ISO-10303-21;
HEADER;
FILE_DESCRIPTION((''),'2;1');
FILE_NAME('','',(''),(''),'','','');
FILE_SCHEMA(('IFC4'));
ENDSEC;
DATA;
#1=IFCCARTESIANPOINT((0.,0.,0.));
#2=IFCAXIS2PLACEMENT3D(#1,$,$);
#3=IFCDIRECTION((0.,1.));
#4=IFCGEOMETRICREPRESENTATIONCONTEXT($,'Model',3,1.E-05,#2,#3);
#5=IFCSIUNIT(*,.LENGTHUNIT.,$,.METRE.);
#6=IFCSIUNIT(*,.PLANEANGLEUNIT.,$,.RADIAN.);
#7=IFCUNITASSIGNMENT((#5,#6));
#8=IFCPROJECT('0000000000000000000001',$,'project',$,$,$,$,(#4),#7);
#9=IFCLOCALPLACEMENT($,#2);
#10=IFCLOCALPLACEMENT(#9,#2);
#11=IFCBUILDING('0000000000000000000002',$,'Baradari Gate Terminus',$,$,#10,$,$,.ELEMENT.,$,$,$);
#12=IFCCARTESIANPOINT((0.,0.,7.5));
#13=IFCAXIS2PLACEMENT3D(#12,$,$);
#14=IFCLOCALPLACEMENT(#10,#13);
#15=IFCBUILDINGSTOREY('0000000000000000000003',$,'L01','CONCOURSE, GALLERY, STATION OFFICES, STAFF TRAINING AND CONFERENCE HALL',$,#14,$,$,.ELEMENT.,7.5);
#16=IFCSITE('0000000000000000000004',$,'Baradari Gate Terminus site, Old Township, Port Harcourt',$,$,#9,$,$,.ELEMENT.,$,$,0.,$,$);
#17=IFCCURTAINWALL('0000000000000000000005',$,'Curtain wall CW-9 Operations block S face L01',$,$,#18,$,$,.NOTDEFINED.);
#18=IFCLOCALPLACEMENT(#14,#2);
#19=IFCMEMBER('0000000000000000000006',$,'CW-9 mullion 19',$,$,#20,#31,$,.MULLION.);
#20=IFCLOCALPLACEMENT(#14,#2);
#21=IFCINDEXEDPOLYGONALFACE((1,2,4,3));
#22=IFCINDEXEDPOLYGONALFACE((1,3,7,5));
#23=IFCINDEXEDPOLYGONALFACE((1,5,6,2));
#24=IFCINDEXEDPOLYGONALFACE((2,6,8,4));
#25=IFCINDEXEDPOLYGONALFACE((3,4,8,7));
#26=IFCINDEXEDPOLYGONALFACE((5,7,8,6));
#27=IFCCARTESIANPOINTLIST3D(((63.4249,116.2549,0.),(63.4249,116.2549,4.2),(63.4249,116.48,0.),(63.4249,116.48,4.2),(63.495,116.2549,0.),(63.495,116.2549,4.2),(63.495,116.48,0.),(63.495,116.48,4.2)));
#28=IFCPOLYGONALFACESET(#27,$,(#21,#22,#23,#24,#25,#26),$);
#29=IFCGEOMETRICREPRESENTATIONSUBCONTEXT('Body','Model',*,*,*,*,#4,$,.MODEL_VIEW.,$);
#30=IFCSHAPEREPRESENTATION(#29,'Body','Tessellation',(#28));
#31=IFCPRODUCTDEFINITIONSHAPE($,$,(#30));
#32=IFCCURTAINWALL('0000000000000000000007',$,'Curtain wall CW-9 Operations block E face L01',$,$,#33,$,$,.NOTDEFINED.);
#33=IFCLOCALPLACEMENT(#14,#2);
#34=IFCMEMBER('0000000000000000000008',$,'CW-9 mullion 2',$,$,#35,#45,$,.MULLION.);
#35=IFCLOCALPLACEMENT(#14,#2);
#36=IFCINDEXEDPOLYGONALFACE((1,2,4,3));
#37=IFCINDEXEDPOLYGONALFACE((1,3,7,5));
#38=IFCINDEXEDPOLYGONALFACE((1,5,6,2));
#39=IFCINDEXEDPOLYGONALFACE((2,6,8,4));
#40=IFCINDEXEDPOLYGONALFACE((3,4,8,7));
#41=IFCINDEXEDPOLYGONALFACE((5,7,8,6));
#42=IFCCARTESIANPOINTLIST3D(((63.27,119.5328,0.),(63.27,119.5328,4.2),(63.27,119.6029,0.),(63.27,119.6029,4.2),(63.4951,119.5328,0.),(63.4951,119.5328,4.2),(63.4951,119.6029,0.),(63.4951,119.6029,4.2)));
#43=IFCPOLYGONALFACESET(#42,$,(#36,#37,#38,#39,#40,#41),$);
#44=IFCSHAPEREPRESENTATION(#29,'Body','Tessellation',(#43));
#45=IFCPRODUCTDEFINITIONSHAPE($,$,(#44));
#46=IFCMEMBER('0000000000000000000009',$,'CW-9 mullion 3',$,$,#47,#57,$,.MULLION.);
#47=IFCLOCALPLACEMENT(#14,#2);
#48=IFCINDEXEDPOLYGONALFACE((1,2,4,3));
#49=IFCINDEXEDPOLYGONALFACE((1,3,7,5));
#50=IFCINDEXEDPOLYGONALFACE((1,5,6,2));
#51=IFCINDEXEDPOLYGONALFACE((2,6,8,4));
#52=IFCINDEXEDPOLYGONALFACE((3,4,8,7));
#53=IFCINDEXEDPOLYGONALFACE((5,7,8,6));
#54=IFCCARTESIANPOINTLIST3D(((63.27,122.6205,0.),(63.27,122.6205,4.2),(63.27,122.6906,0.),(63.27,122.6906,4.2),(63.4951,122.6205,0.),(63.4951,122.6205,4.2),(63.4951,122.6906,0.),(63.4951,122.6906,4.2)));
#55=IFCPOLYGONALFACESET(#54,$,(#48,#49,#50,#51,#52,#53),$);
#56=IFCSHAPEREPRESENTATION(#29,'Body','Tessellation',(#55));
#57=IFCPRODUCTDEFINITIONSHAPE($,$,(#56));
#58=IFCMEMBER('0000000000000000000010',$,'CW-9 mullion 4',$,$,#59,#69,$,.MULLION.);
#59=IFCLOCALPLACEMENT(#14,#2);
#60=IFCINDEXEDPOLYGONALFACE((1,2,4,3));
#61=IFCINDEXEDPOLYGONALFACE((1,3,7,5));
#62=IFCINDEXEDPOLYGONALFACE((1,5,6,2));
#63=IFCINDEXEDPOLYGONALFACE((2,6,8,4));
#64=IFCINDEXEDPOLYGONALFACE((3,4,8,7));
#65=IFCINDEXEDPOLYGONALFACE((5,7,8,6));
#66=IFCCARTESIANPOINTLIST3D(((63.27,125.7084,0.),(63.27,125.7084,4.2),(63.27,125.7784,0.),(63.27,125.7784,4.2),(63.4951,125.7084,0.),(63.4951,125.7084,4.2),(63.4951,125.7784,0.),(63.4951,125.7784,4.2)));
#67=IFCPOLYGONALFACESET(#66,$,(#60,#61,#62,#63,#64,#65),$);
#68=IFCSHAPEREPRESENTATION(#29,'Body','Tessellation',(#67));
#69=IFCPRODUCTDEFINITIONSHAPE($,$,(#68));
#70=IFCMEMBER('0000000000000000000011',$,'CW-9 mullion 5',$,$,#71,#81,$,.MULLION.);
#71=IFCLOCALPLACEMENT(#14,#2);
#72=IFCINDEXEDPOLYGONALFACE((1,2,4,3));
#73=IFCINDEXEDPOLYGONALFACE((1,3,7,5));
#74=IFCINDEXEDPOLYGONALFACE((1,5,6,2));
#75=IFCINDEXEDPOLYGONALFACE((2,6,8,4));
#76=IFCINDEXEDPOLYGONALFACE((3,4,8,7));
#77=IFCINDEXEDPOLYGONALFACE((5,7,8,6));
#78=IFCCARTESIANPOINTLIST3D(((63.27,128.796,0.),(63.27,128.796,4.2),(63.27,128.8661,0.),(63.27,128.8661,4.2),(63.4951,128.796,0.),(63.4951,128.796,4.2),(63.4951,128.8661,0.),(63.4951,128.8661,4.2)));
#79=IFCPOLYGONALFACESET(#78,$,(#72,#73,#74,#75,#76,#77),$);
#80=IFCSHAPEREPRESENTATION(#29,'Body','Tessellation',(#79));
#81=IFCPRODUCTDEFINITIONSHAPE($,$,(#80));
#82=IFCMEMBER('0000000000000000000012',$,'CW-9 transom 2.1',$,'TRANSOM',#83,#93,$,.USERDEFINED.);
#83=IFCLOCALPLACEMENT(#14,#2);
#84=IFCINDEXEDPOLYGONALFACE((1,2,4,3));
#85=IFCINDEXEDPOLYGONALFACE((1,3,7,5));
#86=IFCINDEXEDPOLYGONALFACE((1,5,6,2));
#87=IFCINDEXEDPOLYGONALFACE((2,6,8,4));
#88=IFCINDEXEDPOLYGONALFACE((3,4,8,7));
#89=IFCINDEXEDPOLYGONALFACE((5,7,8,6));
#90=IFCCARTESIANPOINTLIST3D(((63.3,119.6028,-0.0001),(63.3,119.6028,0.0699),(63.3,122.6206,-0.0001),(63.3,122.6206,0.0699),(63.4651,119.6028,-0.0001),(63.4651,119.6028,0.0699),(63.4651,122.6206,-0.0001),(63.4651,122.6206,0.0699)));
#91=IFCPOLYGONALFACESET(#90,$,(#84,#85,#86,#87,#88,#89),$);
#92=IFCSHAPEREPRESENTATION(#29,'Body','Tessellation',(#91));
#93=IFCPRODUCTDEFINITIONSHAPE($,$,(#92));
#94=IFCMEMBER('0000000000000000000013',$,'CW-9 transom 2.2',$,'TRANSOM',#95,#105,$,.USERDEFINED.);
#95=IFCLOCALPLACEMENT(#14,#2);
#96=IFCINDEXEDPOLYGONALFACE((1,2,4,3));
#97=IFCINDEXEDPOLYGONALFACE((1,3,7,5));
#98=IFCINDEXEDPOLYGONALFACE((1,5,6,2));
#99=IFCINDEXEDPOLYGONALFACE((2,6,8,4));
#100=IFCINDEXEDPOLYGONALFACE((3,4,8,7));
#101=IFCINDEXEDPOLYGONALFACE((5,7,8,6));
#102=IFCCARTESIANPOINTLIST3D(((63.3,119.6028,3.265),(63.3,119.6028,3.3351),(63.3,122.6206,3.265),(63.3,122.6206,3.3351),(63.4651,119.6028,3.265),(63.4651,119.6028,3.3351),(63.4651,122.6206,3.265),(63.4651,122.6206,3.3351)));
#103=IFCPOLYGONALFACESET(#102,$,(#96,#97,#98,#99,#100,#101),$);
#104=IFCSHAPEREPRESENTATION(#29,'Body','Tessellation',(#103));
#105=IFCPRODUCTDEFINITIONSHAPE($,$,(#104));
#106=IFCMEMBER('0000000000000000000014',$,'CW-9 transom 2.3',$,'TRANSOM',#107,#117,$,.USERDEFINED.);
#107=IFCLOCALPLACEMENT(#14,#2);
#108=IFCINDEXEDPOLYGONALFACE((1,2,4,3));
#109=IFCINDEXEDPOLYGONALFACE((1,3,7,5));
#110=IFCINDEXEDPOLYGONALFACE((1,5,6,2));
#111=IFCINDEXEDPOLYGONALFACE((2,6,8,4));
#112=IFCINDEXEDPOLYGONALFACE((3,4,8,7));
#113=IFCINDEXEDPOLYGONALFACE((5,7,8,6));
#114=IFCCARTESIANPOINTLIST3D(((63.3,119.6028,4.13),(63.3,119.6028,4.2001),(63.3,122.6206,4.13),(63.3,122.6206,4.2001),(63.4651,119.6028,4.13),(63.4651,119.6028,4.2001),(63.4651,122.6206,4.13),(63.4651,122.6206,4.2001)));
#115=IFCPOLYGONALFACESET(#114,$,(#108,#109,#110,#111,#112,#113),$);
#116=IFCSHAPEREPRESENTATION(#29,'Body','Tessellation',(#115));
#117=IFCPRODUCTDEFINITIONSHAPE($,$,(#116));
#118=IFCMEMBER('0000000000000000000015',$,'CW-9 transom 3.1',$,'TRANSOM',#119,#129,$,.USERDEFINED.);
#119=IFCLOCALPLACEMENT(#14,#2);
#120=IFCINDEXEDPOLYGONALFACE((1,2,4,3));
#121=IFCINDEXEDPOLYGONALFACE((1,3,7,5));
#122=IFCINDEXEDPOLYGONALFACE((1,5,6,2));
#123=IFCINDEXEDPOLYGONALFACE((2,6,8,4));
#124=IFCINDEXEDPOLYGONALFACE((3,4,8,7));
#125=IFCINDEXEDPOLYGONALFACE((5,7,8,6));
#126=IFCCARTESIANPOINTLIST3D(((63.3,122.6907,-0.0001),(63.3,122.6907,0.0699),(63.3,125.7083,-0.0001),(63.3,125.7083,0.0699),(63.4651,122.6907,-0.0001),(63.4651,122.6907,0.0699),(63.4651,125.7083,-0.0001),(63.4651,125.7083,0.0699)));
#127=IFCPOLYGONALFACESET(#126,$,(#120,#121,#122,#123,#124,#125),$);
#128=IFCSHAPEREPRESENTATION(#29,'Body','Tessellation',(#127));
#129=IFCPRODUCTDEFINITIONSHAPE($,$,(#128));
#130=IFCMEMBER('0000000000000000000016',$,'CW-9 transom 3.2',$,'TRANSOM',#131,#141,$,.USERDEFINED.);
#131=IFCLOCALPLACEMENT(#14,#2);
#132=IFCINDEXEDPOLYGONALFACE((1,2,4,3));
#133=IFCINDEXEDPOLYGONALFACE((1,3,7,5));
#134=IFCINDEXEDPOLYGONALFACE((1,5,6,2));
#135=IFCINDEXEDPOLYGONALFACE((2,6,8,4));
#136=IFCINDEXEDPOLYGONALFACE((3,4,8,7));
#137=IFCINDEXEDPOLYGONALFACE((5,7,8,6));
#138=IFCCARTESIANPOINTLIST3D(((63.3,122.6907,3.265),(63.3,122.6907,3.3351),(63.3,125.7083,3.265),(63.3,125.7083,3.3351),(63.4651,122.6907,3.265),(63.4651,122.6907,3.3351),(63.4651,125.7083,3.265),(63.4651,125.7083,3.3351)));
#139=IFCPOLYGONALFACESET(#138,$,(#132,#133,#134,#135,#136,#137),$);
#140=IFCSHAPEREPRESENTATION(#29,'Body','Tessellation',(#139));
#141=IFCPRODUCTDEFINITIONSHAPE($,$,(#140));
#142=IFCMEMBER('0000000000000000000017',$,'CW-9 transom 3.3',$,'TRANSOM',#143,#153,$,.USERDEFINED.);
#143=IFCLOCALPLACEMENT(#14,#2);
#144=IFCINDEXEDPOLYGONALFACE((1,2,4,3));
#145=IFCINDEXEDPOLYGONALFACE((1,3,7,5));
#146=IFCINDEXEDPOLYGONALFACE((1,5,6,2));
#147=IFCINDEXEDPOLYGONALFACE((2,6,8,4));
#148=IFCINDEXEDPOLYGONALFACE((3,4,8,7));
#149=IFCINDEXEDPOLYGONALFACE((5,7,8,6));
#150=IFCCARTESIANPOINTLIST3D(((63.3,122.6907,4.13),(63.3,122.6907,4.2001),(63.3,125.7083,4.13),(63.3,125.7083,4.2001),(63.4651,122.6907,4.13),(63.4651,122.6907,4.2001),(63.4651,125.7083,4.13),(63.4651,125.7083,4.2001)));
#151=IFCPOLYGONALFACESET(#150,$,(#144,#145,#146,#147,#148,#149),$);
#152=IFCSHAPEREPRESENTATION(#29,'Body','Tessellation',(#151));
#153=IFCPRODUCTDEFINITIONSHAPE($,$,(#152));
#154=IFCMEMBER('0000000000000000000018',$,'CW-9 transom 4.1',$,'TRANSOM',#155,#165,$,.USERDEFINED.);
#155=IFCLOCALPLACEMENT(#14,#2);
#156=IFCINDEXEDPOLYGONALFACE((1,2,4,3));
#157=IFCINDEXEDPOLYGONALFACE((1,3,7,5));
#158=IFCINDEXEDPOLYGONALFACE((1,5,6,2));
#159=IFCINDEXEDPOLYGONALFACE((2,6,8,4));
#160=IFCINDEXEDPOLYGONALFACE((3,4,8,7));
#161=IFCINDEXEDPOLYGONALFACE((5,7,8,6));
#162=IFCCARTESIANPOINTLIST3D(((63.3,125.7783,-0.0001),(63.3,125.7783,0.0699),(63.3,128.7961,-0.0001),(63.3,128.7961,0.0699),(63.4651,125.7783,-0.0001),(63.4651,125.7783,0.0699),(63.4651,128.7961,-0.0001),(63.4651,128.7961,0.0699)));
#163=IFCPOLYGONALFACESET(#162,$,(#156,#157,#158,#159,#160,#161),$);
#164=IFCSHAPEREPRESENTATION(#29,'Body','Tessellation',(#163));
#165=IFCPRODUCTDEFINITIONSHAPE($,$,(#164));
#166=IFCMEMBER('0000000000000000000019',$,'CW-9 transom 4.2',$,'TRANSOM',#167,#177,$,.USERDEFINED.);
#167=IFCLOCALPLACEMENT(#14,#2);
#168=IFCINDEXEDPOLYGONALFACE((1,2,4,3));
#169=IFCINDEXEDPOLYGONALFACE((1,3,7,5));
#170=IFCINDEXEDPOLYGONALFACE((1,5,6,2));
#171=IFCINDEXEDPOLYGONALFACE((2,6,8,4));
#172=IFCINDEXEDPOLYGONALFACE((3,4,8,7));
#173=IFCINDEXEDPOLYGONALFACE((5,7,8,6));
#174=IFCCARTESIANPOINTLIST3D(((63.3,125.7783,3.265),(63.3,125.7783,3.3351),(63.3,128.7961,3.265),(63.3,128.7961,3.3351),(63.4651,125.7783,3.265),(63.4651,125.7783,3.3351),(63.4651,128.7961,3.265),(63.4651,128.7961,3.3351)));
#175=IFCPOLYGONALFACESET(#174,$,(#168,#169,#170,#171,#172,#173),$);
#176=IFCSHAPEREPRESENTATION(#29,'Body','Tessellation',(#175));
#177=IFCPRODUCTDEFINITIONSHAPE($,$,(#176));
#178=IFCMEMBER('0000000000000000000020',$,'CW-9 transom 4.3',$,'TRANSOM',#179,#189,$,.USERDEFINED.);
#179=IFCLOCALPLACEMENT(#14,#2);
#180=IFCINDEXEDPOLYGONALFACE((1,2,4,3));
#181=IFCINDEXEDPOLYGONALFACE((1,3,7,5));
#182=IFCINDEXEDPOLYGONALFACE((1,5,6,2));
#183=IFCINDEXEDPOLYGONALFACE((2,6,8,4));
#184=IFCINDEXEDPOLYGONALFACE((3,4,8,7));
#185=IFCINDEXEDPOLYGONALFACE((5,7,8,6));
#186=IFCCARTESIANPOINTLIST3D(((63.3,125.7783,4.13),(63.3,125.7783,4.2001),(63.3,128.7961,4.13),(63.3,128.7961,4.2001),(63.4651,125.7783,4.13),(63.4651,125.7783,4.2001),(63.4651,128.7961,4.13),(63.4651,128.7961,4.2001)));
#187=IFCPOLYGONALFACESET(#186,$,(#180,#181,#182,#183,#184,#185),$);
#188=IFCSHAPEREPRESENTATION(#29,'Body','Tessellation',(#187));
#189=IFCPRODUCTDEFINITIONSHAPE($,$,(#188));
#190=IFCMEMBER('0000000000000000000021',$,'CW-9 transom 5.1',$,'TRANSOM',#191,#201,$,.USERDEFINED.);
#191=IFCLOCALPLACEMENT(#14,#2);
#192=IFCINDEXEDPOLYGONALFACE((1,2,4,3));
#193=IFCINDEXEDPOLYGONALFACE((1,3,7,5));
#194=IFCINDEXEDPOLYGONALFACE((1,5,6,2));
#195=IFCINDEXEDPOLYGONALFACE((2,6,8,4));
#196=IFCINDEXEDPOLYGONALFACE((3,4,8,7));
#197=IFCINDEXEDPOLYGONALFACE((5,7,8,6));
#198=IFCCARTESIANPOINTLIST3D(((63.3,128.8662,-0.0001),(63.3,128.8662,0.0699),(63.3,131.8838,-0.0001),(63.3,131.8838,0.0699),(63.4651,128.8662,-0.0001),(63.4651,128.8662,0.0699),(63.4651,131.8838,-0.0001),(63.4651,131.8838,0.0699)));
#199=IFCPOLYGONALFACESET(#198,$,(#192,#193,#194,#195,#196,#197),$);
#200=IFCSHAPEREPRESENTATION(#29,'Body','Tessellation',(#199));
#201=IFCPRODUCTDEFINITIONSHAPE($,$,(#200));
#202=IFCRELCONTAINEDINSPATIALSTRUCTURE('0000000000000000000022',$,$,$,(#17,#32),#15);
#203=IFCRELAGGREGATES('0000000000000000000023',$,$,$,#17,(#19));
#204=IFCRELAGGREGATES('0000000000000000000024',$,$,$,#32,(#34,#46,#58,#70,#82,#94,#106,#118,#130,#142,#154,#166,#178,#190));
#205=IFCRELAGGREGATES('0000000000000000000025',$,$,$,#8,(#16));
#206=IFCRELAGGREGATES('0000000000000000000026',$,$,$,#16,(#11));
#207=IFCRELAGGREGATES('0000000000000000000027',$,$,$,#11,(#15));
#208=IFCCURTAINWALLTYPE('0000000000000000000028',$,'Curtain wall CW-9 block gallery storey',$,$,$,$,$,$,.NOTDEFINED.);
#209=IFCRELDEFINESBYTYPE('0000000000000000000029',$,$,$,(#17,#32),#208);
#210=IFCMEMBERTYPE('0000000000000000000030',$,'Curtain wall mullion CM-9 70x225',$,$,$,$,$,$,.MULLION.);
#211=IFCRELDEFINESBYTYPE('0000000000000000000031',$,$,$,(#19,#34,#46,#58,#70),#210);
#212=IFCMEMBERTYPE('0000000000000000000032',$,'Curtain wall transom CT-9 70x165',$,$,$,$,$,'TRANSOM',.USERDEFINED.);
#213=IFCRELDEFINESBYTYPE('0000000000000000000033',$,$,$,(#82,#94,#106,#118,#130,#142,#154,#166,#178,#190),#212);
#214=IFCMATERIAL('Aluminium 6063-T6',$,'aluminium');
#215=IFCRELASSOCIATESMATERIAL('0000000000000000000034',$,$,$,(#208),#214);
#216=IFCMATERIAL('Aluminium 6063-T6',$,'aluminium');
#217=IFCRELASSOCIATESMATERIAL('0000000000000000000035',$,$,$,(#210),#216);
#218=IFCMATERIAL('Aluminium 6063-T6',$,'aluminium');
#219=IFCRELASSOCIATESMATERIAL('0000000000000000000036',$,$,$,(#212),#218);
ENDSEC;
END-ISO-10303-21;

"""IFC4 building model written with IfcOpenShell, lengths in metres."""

from ifc_helpers import new_model, si_unit, direction, frame, origin, origin_2d, place, context, subcontext, project, spatial, rectangle, extrude, material, material_profile, profile_set, type_object, element, aggregate, save


model = new_model("IFC4")

# Units and contexts
model_context = context("Model", 3, precision=1e-05, world=origin(), true_north=direction((0.0, 1.0)))
body_context = subcontext(model_context, "Body", "Model", "MODEL_VIEW")
ifc_project = project(units=[si_unit("LENGTHUNIT", "METRE"), si_unit("PLANEANGLEUNIT", "RADIAN")], contexts=[model_context])

# Site, building, storey
site_placement = place(None, origin())
site = spatial("IfcSite", under=ifc_project, at=site_placement, Name="Baradari Gate Terminus site, Old Township, Port Harcourt", CompositionType="ELEMENT", RefElevation=0.0)
building_placement = place(site_placement, origin())
building = spatial("IfcBuilding", under=site, at=building_placement, Name="Baradari Gate Terminus", CompositionType="ELEMENT")
storey_placement = place(building_placement, frame((0.0, 0.0, 7.5)))
storey = spatial("IfcBuildingStorey", under=building, at=storey_placement, Name="L01", Description="CONCOURSE, GALLERY, STATION OFFICES, STAFF TRAINING AND CONFERENCE HALL", CompositionType="ELEMENT", Elevation=7.5)

# Curtain wall, member
ifc_material_1 = material(Name="Aluminium 6063-T6", Category="aluminium")
curtain_wall_type = type_object("IfcCurtainWallType", Name="Curtain wall CW-9 block gallery storey", PredefinedType="NOTDEFINED", material=ifc_material_1)
curtain_wall_1_placement = place(storey_placement, origin())
curtain_wall_1 = element("IfcCurtainWall", 1, at=curtain_wall_1_placement, inside=storey, type_object=curtain_wall_type, Name="Curtain wall CW-9 Operations block S face L01", PredefinedType="NOTDEFINED")
ifc_material_2 = material(Name="Aluminium 6063-T6", Category="aluminium")
ifc_material_profile_1 = material_profile(ifc_material_2, rectangle(XDim=0.2251, YDim=0.0701, at=origin_2d()), Name="CM-9 70X225")
ifc_profile_set_1 = profile_set([ifc_material_profile_1], Name="Aluminium 6063-T6")
member_type_1 = type_object("IfcMemberType", Name="Curtain wall mullion CM-9 70x225", PredefinedType="MULLION", material=ifc_profile_set_1)
member_1_placement = place(storey_placement, frame((63.46, 116.3674, 0.0), z_axis=(0.0, 0.0, 1.0), x_axis=(0.0, 1.0, 0.0)))
member_1 = element("IfcMember", 2, at=member_1_placement, type_object=member_type_1, Name="CW-9 mullion 19", PredefinedType="MULLION", context=body_context, shape_type="SweptSolid", body=[
    extrude(rectangle(XDim=0.2251, YDim=0.0701, at=origin_2d()), origin(), (0.0, 0.0, 1.0), 4.2),
])
aggregate(curtain_wall_1, [member_1])

# Curtain wall, members
curtain_wall_2_placement = place(storey_placement, origin())
curtain_wall_2 = element("IfcCurtainWall", 3, at=curtain_wall_2_placement, inside=storey, type_object=curtain_wall_type, Name="Curtain wall CW-9 Operations block E face L01", PredefinedType="NOTDEFINED")
member_2_placement = place(storey_placement, frame((63.3826, 119.5679, 0.0), z_axis=(0.0, 0.0, 1.0), x_axis=(-1.0, 0.0, 0.0)))
member_2 = element("IfcMember", 4, at=member_2_placement, type_object=member_type_1, Name="CW-9 mullion 2", PredefinedType="MULLION", context=body_context, shape_type="SweptSolid", body=[
    extrude(rectangle(XDim=0.2251, YDim=0.0701, at=origin_2d()), origin(), (0.0, 0.0, 1.0), 4.2),
])
member_3_placement = place(storey_placement, frame((63.3826, 122.6555, 0.0), z_axis=(0.0, 0.0, 1.0), x_axis=(-1.0, 0.0, 0.0)))
member_3 = element("IfcMember", 5, at=member_3_placement, type_object=member_type_1, Name="CW-9 mullion 3", PredefinedType="MULLION", context=body_context, shape_type="SweptSolid", body=[
    extrude(rectangle(XDim=0.2251, YDim=0.0701, at=origin_2d()), origin(), (0.0, 0.0, 1.0), 4.2),
])
member_4_placement = place(storey_placement, frame((63.3826, 125.7434, 0.0), z_axis=(0.0, 0.0, 1.0), x_axis=(-1.0, 0.0, 0.0)))
member_4 = element("IfcMember", 6, at=member_4_placement, type_object=member_type_1, Name="CW-9 mullion 4", PredefinedType="MULLION", context=body_context, shape_type="SweptSolid", body=[
    extrude(rectangle(XDim=0.2251, YDim=0.0701, at=origin_2d()), origin(), (0.0, 0.0, 1.0), 4.2),
])
member_5_placement = place(storey_placement, frame((63.3826, 128.8311, 0.0), z_axis=(0.0, 0.0, 1.0), x_axis=(-1.0, 0.0, 0.0)))
member_5 = element("IfcMember", 7, at=member_5_placement, type_object=member_type_1, Name="CW-9 mullion 5", PredefinedType="MULLION", context=body_context, shape_type="SweptSolid", body=[
    extrude(rectangle(XDim=0.2251, YDim=0.0701, at=origin_2d()), origin(), (0.0, 0.0, 1.0), 4.2),
])
ifc_material_3 = material(Name="Aluminium 6063-T6", Category="aluminium")
ifc_material_profile_2 = material_profile(ifc_material_3, rectangle(XDim=0.165, YDim=0.0701, at=origin_2d()), Name="CT-9 70X165")
ifc_profile_set_2 = profile_set([ifc_material_profile_2], Name="Aluminium 6063-T6")
member_type_2 = type_object("IfcMemberType", Name="Curtain wall transom CT-9 70x165", ElementType="TRANSOM", PredefinedType="USERDEFINED", material=ifc_profile_set_2)
member_6_placement = place(storey_placement, frame((63.3826, 119.6028, 0.0349), z_axis=(0.0, 1.0, 0.0), x_axis=(-1.0, 0.0, 0.0)))
member_6 = element("IfcMember", 8, at=member_6_placement, type_object=member_type_2, Name="CW-9 transom 2.1", ObjectType="TRANSOM", PredefinedType="USERDEFINED", context=body_context, shape_type="SweptSolid", body=[
    extrude(rectangle(XDim=0.165, YDim=0.0701, at=origin_2d()), origin(), (0.0, 0.0, 1.0), 3.0178),
])
member_7_placement = place(storey_placement, frame((63.3826, 119.6028, 3.3), z_axis=(0.0, 1.0, 0.0), x_axis=(-1.0, 0.0, 0.0)))
member_7 = element("IfcMember", 9, at=member_7_placement, type_object=member_type_2, Name="CW-9 transom 2.2", ObjectType="TRANSOM", PredefinedType="USERDEFINED", context=body_context, shape_type="SweptSolid", body=[
    extrude(rectangle(XDim=0.165, YDim=0.0701, at=origin_2d()), origin(), (0.0, 0.0, 1.0), 3.0178),
])
member_8_placement = place(storey_placement, frame((63.3826, 119.6028, 4.165), z_axis=(0.0, 1.0, 0.0), x_axis=(-1.0, 0.0, 0.0)))
member_8 = element("IfcMember", 10, at=member_8_placement, type_object=member_type_2, Name="CW-9 transom 2.3", ObjectType="TRANSOM", PredefinedType="USERDEFINED", context=body_context, shape_type="SweptSolid", body=[
    extrude(rectangle(XDim=0.165, YDim=0.0701, at=origin_2d()), origin(), (0.0, 0.0, 1.0), 3.0178),
])
member_9_placement = place(storey_placement, frame((63.3826, 122.6907, 0.0349), z_axis=(0.0, 1.0, 0.0), x_axis=(-1.0, 0.0, 0.0)))
member_9 = element("IfcMember", 11, at=member_9_placement, type_object=member_type_2, Name="CW-9 transom 3.1", ObjectType="TRANSOM", PredefinedType="USERDEFINED", context=body_context, shape_type="SweptSolid", body=[
    extrude(rectangle(XDim=0.165, YDim=0.0701, at=origin_2d()), origin(), (0.0, 0.0, 1.0), 3.0176),
])
member_10_placement = place(storey_placement, frame((63.3826, 122.6907, 3.3), z_axis=(0.0, 1.0, 0.0), x_axis=(-1.0, 0.0, 0.0)))
member_10 = element("IfcMember", 12, at=member_10_placement, type_object=member_type_2, Name="CW-9 transom 3.2", ObjectType="TRANSOM", PredefinedType="USERDEFINED", context=body_context, shape_type="SweptSolid", body=[
    extrude(rectangle(XDim=0.165, YDim=0.0701, at=origin_2d()), origin(), (0.0, 0.0, 1.0), 3.0176),
])
member_11_placement = place(storey_placement, frame((63.3826, 122.6907, 4.165), z_axis=(0.0, 1.0, 0.0), x_axis=(-1.0, 0.0, 0.0)))
member_11 = element("IfcMember", 13, at=member_11_placement, type_object=member_type_2, Name="CW-9 transom 3.3", ObjectType="TRANSOM", PredefinedType="USERDEFINED", context=body_context, shape_type="SweptSolid", body=[
    extrude(rectangle(XDim=0.165, YDim=0.0701, at=origin_2d()), origin(), (0.0, 0.0, 1.0), 3.0176),
])
member_12_placement = place(storey_placement, frame((63.3826, 125.7783, 0.0349), z_axis=(0.0, 1.0, 0.0), x_axis=(-1.0, 0.0, 0.0)))
member_12 = element("IfcMember", 14, at=member_12_placement, type_object=member_type_2, Name="CW-9 transom 4.1", ObjectType="TRANSOM", PredefinedType="USERDEFINED", context=body_context, shape_type="SweptSolid", body=[
    extrude(rectangle(XDim=0.165, YDim=0.0701, at=origin_2d()), origin(), (0.0, 0.0, 1.0), 3.0178),
])
member_13_placement = place(storey_placement, frame((63.3826, 125.7783, 3.3), z_axis=(0.0, 1.0, 0.0), x_axis=(-1.0, 0.0, 0.0)))
member_13 = element("IfcMember", 15, at=member_13_placement, type_object=member_type_2, Name="CW-9 transom 4.2", ObjectType="TRANSOM", PredefinedType="USERDEFINED", context=body_context, shape_type="SweptSolid", body=[
    extrude(rectangle(XDim=0.165, YDim=0.0701, at=origin_2d()), origin(), (0.0, 0.0, 1.0), 3.0178),
])
member_14_placement = place(storey_placement, frame((63.3826, 125.7783, 4.165), z_axis=(0.0, 1.0, 0.0), x_axis=(-1.0, 0.0, 0.0)))
member_14 = element("IfcMember", 16, at=member_14_placement, type_object=member_type_2, Name="CW-9 transom 4.3", ObjectType="TRANSOM", PredefinedType="USERDEFINED", context=body_context, shape_type="SweptSolid", body=[
    extrude(rectangle(XDim=0.165, YDim=0.0701, at=origin_2d()), origin(), (0.0, 0.0, 1.0), 3.0178),
])
member_15_placement = place(storey_placement, frame((63.3826, 128.8662, 0.0349), z_axis=(0.0, 1.0, 0.0), x_axis=(-1.0, 0.0, 0.0)))
member_15 = element("IfcMember", 17, at=member_15_placement, type_object=member_type_2, Name="CW-9 transom 5.1", ObjectType="TRANSOM", PredefinedType="USERDEFINED", context=body_context, shape_type="SweptSolid", body=[
    extrude(rectangle(XDim=0.165, YDim=0.0701, at=origin_2d()), origin(), (0.0, 0.0, 1.0), 3.0176),
])
aggregate(curtain_wall_2, [member_2, member_3, member_4, member_5, member_6, member_7, member_8, member_9, member_10, member_11, member_12, member_13, member_14, member_15])

save(model, "model.ifc")
